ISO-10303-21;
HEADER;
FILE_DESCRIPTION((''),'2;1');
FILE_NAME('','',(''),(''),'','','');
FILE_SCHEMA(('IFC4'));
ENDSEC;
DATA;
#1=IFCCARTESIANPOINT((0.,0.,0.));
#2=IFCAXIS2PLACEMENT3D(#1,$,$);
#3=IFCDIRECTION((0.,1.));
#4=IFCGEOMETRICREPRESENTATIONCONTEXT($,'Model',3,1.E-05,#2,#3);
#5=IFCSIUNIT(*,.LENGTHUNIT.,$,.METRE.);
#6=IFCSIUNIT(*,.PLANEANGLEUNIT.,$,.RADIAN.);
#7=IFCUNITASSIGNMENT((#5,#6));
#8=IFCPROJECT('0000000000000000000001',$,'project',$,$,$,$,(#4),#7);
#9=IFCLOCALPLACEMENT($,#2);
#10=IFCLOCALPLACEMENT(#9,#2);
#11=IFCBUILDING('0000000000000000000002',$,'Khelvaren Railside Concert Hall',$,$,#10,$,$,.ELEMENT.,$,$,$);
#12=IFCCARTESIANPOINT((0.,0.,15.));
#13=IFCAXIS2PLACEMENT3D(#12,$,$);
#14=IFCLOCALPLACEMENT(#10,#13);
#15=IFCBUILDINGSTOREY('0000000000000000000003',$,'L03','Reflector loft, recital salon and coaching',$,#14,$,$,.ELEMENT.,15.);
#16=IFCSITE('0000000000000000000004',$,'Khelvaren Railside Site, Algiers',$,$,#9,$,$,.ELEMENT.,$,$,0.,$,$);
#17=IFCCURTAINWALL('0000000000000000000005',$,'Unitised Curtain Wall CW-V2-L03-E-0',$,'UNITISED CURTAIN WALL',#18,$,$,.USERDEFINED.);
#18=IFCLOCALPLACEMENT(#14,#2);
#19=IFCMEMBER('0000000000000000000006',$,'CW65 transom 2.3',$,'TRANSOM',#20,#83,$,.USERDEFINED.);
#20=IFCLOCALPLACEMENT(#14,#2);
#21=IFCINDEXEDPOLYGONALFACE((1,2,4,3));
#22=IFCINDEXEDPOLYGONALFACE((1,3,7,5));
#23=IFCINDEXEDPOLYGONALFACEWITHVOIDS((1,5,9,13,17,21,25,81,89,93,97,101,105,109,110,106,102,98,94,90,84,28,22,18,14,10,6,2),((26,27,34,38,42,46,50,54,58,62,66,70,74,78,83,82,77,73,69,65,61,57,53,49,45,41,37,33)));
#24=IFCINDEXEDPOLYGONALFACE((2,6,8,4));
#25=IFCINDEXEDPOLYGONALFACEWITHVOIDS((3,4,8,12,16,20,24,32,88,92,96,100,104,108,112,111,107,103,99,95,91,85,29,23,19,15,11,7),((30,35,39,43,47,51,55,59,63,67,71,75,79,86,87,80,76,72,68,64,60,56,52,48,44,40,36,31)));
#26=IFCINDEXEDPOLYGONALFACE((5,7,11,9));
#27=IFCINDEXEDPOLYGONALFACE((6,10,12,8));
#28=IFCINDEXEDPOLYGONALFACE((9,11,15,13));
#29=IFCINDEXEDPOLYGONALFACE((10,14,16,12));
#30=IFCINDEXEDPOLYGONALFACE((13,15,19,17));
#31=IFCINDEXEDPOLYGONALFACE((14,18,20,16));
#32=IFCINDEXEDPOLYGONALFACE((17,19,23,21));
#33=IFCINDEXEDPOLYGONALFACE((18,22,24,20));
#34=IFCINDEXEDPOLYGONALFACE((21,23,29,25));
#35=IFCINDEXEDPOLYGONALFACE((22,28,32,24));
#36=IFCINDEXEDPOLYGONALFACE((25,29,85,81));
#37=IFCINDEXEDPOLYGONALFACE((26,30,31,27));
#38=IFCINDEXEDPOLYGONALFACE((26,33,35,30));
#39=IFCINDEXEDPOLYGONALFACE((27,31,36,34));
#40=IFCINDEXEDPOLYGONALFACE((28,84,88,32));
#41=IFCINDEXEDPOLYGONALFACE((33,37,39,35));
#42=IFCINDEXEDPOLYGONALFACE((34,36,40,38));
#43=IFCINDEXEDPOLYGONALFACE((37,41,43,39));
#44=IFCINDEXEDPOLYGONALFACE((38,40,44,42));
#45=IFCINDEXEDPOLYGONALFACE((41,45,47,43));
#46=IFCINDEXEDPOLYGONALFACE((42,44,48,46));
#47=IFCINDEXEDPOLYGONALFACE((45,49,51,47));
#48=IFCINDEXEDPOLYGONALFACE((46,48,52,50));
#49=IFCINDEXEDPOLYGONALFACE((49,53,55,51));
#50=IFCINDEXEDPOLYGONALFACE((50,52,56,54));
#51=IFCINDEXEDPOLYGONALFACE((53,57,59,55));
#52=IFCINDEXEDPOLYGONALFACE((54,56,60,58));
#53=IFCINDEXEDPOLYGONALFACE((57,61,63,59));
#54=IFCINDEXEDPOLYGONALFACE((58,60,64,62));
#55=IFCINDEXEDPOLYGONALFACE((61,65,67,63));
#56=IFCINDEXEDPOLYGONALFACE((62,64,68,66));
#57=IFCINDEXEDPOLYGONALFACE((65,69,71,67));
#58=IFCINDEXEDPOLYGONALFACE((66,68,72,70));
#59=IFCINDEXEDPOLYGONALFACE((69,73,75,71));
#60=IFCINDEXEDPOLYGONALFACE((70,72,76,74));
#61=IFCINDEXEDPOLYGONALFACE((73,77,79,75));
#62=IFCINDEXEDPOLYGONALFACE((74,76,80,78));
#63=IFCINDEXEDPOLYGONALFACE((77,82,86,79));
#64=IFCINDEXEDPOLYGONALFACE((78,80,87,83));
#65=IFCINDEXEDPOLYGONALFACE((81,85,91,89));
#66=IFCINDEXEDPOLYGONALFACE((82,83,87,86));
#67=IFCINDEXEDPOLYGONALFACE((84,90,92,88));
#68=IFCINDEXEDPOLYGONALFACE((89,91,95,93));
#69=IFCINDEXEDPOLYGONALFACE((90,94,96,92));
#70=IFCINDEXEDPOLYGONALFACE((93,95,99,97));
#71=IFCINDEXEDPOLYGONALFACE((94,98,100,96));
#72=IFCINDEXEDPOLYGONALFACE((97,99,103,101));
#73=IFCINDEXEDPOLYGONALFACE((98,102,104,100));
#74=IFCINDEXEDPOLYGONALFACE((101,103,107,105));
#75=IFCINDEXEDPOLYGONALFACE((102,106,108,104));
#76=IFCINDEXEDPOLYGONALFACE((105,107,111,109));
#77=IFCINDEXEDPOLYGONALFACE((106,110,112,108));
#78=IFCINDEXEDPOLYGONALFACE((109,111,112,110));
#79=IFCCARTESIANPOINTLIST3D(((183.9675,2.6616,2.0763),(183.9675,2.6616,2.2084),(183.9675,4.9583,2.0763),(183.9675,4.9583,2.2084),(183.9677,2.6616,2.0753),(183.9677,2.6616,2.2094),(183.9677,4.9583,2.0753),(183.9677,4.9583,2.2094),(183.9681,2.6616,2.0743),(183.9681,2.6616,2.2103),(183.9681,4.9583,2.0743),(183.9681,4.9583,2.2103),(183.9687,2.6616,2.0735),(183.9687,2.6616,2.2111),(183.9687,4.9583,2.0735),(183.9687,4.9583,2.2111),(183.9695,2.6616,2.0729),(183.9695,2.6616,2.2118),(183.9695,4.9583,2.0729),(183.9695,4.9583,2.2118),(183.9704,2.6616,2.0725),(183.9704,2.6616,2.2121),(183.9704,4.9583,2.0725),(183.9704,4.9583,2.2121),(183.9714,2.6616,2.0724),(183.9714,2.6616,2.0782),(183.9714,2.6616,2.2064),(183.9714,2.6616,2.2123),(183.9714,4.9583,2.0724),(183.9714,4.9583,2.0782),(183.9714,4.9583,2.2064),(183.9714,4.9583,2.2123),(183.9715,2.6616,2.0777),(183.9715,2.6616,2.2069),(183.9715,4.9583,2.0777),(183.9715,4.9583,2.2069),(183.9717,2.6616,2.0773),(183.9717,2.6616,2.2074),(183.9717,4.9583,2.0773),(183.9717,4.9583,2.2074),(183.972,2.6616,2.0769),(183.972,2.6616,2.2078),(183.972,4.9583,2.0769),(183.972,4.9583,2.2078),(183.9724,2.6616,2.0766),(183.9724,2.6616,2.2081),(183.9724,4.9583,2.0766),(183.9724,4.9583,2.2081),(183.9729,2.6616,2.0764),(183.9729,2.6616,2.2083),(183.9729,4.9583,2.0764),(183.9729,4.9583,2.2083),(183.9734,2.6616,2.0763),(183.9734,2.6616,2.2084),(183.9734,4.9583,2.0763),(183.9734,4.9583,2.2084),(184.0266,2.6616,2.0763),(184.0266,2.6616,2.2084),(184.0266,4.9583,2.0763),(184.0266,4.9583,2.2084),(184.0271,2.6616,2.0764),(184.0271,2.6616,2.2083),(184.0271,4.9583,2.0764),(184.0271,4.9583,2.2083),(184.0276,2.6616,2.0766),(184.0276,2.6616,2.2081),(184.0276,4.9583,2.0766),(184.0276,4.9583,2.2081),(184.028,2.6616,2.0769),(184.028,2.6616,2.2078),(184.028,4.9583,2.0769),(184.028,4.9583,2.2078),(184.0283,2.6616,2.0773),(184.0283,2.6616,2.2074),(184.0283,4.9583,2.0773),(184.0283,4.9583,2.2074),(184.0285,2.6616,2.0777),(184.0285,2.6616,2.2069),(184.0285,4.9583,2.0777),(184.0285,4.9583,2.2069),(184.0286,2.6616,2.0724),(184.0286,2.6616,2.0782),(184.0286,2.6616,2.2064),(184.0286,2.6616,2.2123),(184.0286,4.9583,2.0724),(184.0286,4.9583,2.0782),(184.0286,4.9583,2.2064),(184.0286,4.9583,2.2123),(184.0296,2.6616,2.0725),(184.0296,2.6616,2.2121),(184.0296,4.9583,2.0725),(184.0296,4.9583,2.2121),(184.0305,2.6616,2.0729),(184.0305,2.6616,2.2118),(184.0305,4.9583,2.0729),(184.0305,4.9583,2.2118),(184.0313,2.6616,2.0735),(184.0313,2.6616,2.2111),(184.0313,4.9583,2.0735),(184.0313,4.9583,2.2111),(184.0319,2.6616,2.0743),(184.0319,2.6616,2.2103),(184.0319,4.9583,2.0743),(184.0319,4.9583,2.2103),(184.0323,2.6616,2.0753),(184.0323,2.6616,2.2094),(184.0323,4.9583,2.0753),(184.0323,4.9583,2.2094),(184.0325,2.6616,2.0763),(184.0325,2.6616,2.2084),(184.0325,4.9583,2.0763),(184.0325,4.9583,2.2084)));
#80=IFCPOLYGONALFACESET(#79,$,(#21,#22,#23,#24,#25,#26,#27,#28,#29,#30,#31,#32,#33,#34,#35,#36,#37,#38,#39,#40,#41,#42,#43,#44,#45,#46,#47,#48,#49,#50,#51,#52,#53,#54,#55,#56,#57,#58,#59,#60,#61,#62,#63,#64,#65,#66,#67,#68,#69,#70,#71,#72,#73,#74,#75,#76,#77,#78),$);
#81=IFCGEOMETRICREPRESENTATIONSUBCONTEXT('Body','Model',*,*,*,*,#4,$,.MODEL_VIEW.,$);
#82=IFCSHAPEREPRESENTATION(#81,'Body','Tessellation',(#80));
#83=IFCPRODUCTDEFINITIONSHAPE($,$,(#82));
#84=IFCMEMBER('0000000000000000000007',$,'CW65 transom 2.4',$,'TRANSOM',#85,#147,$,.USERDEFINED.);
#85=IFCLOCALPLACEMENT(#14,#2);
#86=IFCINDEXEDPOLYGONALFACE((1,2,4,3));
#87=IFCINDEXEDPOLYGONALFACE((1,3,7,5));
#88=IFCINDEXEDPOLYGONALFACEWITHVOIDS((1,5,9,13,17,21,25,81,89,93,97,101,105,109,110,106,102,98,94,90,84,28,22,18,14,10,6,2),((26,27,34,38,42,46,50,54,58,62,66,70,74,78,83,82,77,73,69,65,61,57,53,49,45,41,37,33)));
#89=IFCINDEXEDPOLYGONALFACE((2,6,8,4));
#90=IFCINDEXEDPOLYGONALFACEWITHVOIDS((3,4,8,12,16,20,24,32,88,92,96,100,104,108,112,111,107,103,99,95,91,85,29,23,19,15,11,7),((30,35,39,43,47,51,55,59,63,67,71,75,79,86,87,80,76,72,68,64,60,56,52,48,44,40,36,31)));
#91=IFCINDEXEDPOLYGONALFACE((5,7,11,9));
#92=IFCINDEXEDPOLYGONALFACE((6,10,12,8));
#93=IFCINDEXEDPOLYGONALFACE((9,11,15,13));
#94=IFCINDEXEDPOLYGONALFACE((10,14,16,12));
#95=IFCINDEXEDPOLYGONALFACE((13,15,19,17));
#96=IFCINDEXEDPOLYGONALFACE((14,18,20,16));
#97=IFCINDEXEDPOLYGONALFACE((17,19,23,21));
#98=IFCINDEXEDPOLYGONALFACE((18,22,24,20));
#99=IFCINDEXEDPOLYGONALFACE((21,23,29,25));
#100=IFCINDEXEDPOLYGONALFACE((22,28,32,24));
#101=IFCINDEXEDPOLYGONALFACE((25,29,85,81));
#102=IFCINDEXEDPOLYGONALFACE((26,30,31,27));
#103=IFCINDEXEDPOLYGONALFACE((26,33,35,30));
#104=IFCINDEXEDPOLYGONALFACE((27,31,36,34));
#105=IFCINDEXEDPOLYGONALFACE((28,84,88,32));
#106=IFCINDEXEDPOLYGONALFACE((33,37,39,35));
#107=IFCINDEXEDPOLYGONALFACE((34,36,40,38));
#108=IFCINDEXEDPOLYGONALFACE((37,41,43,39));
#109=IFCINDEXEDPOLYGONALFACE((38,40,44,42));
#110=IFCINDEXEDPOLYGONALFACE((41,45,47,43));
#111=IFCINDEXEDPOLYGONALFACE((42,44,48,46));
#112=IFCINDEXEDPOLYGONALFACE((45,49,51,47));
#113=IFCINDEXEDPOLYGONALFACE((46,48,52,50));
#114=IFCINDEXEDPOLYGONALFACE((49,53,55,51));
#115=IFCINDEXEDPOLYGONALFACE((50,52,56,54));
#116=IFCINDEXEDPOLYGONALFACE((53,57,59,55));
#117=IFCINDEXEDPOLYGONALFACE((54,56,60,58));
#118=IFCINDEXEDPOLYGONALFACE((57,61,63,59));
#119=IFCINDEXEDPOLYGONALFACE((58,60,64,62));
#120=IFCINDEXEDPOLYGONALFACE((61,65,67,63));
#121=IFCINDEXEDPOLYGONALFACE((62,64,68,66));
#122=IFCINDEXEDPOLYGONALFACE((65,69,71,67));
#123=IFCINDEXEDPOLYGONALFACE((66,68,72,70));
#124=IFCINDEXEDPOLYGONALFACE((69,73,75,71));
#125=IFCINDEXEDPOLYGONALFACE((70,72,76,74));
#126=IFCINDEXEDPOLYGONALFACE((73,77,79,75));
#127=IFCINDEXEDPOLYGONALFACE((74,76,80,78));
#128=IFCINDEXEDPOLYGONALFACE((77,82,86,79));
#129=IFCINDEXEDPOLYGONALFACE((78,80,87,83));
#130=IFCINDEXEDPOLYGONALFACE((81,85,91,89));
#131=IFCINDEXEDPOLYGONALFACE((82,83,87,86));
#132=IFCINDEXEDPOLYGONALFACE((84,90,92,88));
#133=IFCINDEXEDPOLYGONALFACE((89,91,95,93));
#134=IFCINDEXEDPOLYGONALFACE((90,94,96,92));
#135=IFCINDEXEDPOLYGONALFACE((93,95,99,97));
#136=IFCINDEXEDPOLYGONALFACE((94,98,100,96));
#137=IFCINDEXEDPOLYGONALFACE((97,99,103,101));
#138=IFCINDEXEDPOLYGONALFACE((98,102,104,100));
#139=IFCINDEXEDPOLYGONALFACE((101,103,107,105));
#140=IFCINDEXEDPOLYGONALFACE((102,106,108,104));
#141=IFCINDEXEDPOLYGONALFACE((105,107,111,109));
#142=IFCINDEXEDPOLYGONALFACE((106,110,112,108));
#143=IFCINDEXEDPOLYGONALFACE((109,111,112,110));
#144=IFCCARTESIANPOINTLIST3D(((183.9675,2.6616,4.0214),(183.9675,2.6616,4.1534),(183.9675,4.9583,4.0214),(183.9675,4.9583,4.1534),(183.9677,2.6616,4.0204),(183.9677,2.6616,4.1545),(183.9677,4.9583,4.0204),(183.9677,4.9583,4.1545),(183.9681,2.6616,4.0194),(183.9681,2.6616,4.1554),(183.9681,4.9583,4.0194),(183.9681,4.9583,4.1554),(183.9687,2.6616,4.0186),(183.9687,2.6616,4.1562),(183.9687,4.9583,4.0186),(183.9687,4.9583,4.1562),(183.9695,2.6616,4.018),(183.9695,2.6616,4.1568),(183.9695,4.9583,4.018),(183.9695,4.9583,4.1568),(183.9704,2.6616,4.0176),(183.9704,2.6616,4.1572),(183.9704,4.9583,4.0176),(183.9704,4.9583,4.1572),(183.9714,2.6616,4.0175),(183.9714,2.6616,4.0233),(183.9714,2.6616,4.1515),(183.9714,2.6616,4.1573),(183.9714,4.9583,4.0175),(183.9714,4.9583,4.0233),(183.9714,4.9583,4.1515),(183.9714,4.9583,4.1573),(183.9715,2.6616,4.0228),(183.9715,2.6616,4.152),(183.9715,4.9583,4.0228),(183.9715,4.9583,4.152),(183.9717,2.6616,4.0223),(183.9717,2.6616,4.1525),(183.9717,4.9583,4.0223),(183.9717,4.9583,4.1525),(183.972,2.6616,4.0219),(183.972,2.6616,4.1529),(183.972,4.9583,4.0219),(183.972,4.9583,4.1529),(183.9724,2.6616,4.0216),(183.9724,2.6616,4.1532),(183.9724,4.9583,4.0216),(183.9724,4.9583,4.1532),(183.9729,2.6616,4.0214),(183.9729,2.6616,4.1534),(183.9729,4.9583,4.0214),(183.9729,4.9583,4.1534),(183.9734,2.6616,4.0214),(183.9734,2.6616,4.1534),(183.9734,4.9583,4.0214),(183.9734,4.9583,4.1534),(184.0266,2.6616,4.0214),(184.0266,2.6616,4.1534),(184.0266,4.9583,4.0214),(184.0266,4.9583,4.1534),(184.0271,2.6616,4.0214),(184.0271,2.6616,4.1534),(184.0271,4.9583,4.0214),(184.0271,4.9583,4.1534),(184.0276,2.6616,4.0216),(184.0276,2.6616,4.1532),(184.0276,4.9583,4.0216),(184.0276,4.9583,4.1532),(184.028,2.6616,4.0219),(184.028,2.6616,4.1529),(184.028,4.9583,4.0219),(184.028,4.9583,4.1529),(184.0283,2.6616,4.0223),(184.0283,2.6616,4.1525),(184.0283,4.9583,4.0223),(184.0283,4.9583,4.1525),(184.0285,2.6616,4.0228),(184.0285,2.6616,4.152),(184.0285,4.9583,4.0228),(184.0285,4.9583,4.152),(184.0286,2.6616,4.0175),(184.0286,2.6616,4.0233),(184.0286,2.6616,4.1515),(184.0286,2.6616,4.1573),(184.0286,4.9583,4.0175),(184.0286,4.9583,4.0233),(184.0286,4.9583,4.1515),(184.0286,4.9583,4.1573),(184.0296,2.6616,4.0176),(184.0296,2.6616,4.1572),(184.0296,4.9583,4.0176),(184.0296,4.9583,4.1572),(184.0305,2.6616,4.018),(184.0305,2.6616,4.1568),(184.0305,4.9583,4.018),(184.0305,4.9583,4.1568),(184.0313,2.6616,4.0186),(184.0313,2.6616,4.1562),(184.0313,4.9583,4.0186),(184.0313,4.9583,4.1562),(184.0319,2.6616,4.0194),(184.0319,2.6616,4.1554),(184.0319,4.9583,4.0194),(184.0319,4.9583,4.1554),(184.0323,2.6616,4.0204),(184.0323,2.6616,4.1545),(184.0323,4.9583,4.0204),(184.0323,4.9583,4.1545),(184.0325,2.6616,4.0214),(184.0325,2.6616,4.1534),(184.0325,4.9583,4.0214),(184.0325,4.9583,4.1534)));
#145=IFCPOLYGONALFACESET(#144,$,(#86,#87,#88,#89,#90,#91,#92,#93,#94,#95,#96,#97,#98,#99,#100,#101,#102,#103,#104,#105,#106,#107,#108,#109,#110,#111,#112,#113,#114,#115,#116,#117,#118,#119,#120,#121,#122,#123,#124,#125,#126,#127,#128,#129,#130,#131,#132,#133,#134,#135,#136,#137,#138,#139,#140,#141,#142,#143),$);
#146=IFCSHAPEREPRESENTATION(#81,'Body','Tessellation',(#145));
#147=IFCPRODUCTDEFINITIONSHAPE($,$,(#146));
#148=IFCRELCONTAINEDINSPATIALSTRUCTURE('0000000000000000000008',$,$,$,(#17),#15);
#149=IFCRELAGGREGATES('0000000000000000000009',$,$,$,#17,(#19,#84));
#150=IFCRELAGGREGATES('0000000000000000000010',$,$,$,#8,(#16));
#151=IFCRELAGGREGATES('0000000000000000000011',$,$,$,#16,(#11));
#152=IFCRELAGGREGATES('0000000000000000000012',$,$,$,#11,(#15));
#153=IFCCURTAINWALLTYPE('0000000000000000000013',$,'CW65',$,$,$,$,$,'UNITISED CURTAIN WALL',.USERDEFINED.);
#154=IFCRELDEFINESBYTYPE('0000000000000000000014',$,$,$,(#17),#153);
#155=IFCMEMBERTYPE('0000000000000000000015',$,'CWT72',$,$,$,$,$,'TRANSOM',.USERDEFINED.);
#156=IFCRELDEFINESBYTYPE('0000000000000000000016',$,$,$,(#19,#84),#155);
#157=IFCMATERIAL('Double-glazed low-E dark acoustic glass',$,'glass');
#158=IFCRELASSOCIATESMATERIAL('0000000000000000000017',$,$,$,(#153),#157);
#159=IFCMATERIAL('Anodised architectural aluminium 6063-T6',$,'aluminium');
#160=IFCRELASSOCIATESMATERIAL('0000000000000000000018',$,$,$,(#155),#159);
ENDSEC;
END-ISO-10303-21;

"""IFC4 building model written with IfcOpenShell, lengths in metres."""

from ifc_helpers import new_model, si_unit, direction, frame, origin, origin_2d, place, context, subcontext, project, spatial, hollow_rectangle, extrude, material, material_profile, profile_set, type_object, element, aggregate, save


model = new_model("IFC4")

# Units and contexts
model_context = context("Model", 3, precision=1e-05, world=origin(), true_north=direction((0.0, 1.0)))
body_context = subcontext(model_context, "Body", "Model", "MODEL_VIEW")
ifc_project = project(units=[si_unit("LENGTHUNIT", "METRE"), si_unit("PLANEANGLEUNIT", "RADIAN")], contexts=[model_context])

# Site, building, storey
site_placement = place(None, origin())
site = spatial("IfcSite", under=ifc_project, at=site_placement, Name="Khelvaren Railside Site, Algiers", CompositionType="ELEMENT", RefElevation=0.0)
building_placement = place(site_placement, origin())
building = spatial("IfcBuilding", under=site, at=building_placement, Name="Khelvaren Railside Concert Hall", CompositionType="ELEMENT")
storey_placement = place(building_placement, frame((0.0, 0.0, 15.0)))
storey = spatial("IfcBuildingStorey", under=building, at=storey_placement, Name="L03", Description="Reflector loft, recital salon and coaching", CompositionType="ELEMENT", Elevation=15.0)

# Curtain wall
ifc_material_1 = material(Name="Double-glazed low-E dark acoustic glass", Category="glass")
ifc_material_2 = material(Name="Anodised architectural aluminium 6063-T6", Category="aluminium")
curtain_wall_type_1 = type_object("IfcCurtainWallType", Name="CW65", ElementType="UNITISED CURTAIN WALL", PredefinedType="USERDEFINED", material=ifc_material_1)
curtain_wall_1_placement = place(storey_placement, origin())
curtain_wall_1 = element("IfcCurtainWall", 1, at=curtain_wall_1_placement, inside=storey, type_object=curtain_wall_type_1, Name="Unitised Curtain Wall CW-V2-L03-E-0", ObjectType="UNITISED CURTAIN WALL", PredefinedType="USERDEFINED")

# Members
ifc_material_profile_1 = material_profile(ifc_material_2, hollow_rectangle(XDim=0.0649, YDim=0.1399, WallThickness=0.0039, InnerFilletRadius=0.002, OuterFilletRadius=0.0039, at=origin_2d()), Name="CWT 65x140x4")
ifc_profile_set_1 = profile_set([ifc_material_profile_1], Name="Anodised architectural aluminium 6063-T6")
member_type_1 = type_object("IfcMemberType", Name="CWT72", ElementType="TRANSOM", PredefinedType="USERDEFINED", material=ifc_profile_set_1)
member_1_placement = place(storey_placement, frame((184.0, 4.9583, 2.1423), z_axis=(0.0, -1.0, 0.0), x_axis=(1.0, 0.0, 0.0)))
member_1 = element("IfcMember", 2, at=member_1_placement, type_object=member_type_1, Name="CW65 transom 2.3", ObjectType="TRANSOM", PredefinedType="USERDEFINED", context=body_context, shape_type="SweptSolid", body=[
    extrude(hollow_rectangle(XDim=0.0649, YDim=0.1399, WallThickness=0.0039, InnerFilletRadius=0.002, OuterFilletRadius=0.0039, at=origin_2d()), origin(), (0.0, 0.0, 1.0), 2.2966),
])
member_2_placement = place(storey_placement, frame((184.0, 4.9583, 4.0874), z_axis=(0.0, -1.0, 0.0), x_axis=(1.0, 0.0, 0.0)))
member_2 = element("IfcMember", 3, at=member_2_placement, type_object=member_type_1, Name="CW65 transom 2.4", ObjectType="TRANSOM", PredefinedType="USERDEFINED", context=body_context, shape_type="SweptSolid", body=[
    extrude(hollow_rectangle(XDim=0.0649, YDim=0.1399, WallThickness=0.0039, InnerFilletRadius=0.002, OuterFilletRadius=0.0039, at=origin_2d()), origin(), (0.0, 0.0, 1.0), 2.2966),
])

aggregate(curtain_wall_1, [member_1, member_2])

save(model, "model.ifc")
